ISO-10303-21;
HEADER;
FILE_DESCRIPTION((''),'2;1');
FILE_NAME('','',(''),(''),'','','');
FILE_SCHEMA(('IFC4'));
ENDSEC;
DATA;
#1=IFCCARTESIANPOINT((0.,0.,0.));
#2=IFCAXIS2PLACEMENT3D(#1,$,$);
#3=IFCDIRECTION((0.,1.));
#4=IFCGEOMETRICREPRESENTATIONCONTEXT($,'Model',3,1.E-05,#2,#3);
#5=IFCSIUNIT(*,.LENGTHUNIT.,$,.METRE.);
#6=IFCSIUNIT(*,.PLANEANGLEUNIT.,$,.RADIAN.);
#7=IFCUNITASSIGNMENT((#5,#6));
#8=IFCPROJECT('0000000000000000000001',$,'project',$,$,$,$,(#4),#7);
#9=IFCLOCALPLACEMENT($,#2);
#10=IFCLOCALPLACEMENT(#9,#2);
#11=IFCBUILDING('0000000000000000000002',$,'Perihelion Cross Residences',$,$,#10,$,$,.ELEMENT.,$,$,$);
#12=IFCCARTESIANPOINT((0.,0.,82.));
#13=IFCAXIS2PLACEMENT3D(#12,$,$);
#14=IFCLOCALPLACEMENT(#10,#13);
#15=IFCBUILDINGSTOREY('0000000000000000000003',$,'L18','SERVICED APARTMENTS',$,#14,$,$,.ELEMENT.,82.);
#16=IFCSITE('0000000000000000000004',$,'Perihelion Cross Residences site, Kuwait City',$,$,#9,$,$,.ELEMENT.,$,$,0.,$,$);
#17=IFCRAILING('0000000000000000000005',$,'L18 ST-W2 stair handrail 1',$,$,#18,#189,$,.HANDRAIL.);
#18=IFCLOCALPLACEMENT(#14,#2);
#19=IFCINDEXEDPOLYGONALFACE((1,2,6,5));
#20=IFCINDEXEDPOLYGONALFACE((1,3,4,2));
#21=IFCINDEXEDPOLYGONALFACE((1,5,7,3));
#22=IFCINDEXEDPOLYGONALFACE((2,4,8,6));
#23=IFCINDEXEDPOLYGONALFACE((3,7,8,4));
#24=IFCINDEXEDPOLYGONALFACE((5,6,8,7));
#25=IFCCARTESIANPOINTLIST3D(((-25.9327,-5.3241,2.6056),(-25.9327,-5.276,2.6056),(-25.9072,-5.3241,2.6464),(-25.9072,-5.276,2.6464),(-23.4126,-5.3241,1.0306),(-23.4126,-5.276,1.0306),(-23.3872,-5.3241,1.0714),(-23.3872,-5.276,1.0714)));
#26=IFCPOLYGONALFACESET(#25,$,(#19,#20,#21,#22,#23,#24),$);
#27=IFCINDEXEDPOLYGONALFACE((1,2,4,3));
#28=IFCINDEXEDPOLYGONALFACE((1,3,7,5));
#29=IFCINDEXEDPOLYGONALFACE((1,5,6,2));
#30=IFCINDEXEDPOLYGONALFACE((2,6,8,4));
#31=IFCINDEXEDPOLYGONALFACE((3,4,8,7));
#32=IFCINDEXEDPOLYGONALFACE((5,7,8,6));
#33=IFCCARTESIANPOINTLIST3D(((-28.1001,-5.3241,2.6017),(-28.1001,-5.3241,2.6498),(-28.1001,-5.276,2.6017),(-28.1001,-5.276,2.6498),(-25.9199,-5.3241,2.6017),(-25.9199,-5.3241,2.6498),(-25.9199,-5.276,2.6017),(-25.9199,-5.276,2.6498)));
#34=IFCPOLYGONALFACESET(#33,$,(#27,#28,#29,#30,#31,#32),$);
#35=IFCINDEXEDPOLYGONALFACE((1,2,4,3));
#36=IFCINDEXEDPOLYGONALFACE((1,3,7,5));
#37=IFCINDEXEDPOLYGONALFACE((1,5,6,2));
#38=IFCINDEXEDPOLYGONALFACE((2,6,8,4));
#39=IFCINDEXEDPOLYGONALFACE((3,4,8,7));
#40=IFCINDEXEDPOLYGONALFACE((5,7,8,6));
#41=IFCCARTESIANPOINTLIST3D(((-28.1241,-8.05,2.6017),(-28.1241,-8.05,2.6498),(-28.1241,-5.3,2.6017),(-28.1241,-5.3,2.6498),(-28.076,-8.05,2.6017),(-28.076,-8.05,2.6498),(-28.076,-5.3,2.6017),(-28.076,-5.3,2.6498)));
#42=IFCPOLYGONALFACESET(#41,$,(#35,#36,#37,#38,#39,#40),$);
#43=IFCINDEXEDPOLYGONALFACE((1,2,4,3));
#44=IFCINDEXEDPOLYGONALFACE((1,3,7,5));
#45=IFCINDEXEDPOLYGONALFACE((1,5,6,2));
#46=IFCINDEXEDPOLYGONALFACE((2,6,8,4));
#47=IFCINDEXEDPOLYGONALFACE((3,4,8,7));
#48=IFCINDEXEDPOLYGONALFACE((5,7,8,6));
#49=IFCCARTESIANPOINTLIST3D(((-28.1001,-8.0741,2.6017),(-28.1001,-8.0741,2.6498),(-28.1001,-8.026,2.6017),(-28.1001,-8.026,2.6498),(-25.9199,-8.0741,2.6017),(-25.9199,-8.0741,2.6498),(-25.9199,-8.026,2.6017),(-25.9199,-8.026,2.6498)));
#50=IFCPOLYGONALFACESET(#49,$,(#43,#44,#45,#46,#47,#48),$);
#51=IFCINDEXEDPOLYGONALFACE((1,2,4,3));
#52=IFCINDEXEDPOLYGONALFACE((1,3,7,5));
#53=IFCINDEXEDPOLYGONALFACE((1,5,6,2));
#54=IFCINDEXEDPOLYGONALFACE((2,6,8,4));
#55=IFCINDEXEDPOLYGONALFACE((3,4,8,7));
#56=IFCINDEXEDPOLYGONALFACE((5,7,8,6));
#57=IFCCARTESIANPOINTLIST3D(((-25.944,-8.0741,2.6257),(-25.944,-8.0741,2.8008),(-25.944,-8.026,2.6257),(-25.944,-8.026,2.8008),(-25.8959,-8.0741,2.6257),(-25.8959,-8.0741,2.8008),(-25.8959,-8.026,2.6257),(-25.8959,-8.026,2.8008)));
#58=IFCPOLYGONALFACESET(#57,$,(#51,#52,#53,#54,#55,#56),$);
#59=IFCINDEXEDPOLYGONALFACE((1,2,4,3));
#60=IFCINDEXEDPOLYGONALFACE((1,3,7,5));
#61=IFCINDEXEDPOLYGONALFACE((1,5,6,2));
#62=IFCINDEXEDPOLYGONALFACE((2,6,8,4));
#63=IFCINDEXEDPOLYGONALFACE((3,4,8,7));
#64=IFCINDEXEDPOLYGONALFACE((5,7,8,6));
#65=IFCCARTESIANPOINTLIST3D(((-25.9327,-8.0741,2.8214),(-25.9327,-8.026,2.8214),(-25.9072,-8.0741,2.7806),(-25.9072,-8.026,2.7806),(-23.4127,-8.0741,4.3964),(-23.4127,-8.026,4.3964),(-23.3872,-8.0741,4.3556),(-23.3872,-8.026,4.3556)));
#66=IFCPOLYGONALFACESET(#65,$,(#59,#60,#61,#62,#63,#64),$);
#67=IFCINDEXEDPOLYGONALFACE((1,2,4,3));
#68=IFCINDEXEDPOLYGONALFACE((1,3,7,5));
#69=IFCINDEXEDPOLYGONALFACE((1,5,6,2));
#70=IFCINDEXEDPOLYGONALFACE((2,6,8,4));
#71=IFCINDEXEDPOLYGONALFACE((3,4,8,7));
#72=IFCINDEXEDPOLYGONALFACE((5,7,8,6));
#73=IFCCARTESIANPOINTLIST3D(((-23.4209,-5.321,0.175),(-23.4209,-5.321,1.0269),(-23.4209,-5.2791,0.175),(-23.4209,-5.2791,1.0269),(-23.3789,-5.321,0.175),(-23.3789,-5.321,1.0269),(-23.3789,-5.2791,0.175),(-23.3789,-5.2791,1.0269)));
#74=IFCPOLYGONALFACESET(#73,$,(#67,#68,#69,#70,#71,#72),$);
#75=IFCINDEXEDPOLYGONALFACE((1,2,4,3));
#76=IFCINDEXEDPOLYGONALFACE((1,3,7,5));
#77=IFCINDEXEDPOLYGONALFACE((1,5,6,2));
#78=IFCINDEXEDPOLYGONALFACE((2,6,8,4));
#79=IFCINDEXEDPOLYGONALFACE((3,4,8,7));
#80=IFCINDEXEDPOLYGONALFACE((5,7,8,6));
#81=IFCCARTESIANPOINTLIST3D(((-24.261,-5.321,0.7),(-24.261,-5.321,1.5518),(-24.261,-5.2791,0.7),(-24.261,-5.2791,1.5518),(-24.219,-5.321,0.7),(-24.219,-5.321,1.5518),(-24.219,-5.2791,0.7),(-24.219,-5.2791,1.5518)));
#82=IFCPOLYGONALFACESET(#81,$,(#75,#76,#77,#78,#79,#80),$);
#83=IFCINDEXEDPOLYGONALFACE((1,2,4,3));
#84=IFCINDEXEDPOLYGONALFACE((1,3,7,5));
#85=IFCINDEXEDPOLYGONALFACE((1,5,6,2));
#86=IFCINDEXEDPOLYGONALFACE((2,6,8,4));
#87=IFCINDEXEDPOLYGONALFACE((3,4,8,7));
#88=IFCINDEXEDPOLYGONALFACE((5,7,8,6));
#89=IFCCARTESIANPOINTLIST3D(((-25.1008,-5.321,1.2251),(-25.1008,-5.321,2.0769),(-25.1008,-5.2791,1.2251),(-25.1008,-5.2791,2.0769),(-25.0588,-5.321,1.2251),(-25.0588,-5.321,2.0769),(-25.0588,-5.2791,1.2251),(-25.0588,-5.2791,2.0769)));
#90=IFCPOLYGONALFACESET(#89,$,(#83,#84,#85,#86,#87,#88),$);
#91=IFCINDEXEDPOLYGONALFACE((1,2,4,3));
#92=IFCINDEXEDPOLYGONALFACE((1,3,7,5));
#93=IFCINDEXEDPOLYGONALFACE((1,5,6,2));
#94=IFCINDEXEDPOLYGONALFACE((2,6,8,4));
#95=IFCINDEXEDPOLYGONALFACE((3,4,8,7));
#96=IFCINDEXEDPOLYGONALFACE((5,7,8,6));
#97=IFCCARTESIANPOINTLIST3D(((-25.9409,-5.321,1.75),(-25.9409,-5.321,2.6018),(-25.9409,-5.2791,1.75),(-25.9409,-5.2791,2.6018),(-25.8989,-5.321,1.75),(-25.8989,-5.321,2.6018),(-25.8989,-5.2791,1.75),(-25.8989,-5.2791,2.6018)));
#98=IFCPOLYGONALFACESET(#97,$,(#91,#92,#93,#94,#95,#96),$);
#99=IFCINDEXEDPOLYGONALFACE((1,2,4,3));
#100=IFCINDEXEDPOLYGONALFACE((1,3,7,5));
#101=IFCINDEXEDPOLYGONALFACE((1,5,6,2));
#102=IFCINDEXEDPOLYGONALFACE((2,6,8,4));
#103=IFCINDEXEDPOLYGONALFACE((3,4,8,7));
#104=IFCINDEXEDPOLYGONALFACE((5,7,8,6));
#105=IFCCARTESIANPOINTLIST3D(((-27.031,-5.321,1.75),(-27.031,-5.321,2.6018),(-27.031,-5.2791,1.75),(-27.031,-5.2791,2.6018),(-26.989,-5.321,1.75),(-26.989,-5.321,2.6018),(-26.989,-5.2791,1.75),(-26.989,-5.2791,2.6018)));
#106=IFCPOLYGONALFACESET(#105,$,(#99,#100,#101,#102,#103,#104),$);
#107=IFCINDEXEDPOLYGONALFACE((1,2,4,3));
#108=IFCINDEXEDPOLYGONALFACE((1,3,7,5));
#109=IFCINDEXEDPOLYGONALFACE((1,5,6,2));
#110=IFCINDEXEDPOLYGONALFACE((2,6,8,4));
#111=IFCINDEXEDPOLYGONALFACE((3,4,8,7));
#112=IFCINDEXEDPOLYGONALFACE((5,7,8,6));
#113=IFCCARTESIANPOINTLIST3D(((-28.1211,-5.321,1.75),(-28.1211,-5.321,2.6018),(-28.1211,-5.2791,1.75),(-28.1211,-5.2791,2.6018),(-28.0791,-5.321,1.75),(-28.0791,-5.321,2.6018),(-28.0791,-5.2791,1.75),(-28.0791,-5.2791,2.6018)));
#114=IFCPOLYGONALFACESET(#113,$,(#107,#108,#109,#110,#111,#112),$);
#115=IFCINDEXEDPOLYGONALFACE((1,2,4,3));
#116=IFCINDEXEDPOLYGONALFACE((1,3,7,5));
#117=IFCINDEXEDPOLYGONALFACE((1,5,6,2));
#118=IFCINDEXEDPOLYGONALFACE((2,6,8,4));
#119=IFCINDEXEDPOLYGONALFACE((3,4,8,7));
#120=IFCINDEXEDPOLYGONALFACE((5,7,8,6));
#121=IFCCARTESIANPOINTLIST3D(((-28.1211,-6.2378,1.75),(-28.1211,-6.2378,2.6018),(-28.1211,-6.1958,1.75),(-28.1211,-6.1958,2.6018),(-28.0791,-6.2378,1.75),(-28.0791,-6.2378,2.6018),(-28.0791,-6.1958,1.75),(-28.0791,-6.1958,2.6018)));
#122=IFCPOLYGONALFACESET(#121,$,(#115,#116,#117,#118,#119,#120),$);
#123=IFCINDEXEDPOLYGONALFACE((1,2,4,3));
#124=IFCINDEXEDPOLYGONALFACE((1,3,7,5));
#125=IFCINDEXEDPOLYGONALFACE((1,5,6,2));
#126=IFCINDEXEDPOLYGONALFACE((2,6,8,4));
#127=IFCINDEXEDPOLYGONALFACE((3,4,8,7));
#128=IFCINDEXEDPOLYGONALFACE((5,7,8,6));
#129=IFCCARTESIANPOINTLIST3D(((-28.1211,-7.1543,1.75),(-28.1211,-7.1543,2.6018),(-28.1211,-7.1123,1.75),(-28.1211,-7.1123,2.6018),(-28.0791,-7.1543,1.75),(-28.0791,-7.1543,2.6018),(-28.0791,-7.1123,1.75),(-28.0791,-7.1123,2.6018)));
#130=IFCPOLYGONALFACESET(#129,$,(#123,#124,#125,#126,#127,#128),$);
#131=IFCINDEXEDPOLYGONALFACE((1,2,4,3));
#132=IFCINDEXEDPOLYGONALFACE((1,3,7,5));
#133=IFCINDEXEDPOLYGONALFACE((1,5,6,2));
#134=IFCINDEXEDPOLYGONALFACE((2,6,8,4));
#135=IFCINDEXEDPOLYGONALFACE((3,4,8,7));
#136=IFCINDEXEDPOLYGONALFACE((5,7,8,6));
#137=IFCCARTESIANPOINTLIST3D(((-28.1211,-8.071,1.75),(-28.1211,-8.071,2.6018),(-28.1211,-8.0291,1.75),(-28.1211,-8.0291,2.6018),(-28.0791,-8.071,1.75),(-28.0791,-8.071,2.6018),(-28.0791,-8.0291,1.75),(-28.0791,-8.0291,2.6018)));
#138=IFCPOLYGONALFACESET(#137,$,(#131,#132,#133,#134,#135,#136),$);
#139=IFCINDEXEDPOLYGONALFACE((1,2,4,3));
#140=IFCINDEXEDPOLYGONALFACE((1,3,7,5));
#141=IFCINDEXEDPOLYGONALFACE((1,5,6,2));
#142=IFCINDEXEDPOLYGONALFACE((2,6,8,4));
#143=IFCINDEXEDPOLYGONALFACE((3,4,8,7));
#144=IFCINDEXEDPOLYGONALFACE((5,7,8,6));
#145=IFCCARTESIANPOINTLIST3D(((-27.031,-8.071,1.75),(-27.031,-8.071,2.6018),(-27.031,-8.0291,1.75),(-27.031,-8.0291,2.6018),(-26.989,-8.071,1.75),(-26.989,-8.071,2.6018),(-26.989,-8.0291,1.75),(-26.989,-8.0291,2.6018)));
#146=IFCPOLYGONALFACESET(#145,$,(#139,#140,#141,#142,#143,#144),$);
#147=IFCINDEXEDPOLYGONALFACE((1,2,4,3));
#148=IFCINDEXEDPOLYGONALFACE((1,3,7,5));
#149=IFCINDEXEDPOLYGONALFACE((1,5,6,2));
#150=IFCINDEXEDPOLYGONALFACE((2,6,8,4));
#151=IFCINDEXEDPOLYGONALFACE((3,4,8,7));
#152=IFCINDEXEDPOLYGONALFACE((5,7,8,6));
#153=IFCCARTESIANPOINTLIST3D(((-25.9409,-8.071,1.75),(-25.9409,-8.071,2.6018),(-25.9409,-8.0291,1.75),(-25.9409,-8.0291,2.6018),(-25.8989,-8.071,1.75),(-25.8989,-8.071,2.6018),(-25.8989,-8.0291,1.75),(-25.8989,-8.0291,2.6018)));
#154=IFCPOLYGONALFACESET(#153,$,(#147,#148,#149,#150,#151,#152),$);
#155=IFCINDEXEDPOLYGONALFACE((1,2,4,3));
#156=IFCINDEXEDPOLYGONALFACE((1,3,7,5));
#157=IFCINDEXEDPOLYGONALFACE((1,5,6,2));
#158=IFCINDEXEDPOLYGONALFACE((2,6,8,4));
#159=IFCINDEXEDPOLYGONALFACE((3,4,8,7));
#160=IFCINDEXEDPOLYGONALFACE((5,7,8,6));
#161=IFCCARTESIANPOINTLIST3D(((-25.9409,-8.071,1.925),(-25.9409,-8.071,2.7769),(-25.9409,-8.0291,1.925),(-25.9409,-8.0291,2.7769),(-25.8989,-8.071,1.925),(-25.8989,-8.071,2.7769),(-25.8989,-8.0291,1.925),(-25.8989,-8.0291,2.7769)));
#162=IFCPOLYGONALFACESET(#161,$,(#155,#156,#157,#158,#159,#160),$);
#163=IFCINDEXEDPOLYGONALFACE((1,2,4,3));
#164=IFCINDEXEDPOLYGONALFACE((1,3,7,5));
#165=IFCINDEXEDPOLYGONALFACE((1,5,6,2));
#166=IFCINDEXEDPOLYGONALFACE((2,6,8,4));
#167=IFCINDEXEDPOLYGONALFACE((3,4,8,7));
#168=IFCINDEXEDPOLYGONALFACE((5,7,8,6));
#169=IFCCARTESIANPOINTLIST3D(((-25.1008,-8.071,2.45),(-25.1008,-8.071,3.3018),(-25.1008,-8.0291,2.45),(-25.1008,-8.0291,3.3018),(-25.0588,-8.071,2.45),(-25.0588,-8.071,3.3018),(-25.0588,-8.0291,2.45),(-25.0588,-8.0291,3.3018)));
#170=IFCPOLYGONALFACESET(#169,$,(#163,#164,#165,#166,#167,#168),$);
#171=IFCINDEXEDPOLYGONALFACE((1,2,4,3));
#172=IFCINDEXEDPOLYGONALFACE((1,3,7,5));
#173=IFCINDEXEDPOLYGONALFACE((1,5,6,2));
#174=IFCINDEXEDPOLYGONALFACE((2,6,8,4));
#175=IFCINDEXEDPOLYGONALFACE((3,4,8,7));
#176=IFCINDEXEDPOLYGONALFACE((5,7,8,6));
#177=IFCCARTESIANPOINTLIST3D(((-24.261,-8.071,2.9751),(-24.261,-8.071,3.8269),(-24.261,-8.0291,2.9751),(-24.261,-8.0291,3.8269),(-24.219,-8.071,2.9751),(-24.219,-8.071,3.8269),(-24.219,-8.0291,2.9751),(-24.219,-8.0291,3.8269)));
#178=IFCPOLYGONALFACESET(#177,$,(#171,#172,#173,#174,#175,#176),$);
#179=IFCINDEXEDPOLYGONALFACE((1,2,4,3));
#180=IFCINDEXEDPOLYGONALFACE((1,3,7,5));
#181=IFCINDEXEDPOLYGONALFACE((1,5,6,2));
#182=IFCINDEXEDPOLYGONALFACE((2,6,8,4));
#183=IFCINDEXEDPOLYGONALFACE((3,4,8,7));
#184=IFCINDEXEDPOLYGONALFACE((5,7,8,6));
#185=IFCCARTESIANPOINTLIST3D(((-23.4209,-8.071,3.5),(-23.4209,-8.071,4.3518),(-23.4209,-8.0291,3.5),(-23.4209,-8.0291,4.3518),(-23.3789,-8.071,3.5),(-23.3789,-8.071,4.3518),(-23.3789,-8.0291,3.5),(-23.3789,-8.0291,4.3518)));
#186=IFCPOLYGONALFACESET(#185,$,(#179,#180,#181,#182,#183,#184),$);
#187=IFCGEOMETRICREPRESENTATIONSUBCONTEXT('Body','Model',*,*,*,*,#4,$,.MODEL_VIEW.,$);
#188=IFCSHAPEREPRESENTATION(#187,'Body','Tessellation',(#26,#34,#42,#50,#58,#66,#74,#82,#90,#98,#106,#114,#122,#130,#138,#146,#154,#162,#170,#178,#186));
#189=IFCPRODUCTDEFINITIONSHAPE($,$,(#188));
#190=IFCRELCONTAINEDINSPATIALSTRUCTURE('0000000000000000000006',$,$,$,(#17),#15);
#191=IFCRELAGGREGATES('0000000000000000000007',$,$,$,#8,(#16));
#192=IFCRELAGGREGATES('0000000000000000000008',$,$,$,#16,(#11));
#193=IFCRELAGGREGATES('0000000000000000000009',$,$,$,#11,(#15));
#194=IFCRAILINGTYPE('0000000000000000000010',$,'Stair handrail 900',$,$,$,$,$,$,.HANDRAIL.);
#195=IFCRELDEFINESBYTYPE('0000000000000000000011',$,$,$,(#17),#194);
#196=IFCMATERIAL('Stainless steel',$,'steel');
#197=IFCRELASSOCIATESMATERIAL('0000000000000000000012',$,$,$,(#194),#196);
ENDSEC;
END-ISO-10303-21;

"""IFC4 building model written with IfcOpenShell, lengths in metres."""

from ifc_helpers import new_model, si_unit, direction, frame, origin, origin_2d, place, context, subcontext, project, spatial, rectangle, extrude, material, type_object, element, save


model = new_model("IFC4")

# Units and contexts
model_context = context("Model", 3, precision=1e-05, world=origin(), true_north=direction((0.0, 1.0)))
body_context = subcontext(model_context, "Body", "Model", "MODEL_VIEW")
ifc_project = project(units=[si_unit("LENGTHUNIT", "METRE"), si_unit("PLANEANGLEUNIT", "RADIAN")], contexts=[model_context])

# Site, building, storey
site_placement = place(None, origin())
site = spatial("IfcSite", under=ifc_project, at=site_placement, Name="Perihelion Cross Residences site, Kuwait City", CompositionType="ELEMENT", RefElevation=0.0)
building_placement = place(site_placement, origin())
building = spatial("IfcBuilding", under=site, at=building_placement, Name="Perihelion Cross Residences", CompositionType="ELEMENT")
storey_placement = place(building_placement, frame((0.0, 0.0, 82.0)))
storey = spatial("IfcBuildingStorey", under=building, at=storey_placement, Name="L18", Description="SERVICED APARTMENTS", CompositionType="ELEMENT", Elevation=82.0)

# Railing
ifc_material_1 = material(Name="Stainless steel", Category="steel")
railing_type_1 = type_object("IfcRailingType", Name="Stair handrail 900", PredefinedType="HANDRAIL", material=ifc_material_1)
railing_1_placement = place(storey_placement, frame((-23.3999, -5.3, 0.175)))
element("IfcRailing", 1, at=railing_1_placement, inside=storey, type_object=railing_type_1, Name="L18 ST-W2 stair handrail 1", PredefinedType="HANDRAIL", context=body_context, shape_type="SweptSolid", body=[
    extrude(rectangle(XDim=0.0481, YDim=0.0481, at=origin_2d()), frame((0.0, 0.0, 0.876), z_axis=(-0.848008, 0.0, 0.529984), x_axis=(0.0, -1.0, 0.0)), (0.0, 0.0, 1.0), 2.9717),
    extrude(rectangle(XDim=0.0481, YDim=0.0481, at=origin_2d()), frame((-2.52, 0.0, 2.4507), z_axis=(-1.0, 0.0, 0.0), x_axis=(0.0, -1.0, 0.0)), (0.0, 0.0, 1.0), 2.1802),
    extrude(rectangle(XDim=0.0481, YDim=0.0481, at=origin_2d()), frame((-4.7002, 0.0, 2.4507), z_axis=(0.0, -1.0, 0.0), x_axis=(1.0, 0.0, 0.0)), (0.0, 0.0, 1.0), 2.75),
    extrude(rectangle(XDim=0.0481, YDim=0.0481, at=origin_2d()), frame((-4.7002, -2.75, 2.4507), z_axis=(1.0, 0.0, 0.0), x_axis=(0.0, 1.0, 0.0)), (0.0, 0.0, 1.0), 2.1802),
    extrude(rectangle(XDim=0.0481, YDim=0.0481, at=origin_2d()), frame((-2.52, -2.75, 2.4507), z_axis=(0.0, 0.0, 1.0), x_axis=(1.0, 0.0, 0.0)), (0.0, 0.0, 1.0), 0.175),
    extrude(rectangle(XDim=0.0481, YDim=0.0481, at=origin_2d()), frame((-2.52, -2.75, 2.626), z_axis=(0.848008, 0.0, 0.529984), x_axis=(0.0, 1.0, 0.0)), (0.0, 0.0, 1.0), 2.9717),
    extrude(rectangle(XDim=0.042, YDim=0.042, at=origin_2d()), origin(), (0.0, 0.0, 1.0), 0.8518),
    extrude(rectangle(XDim=0.042, YDim=0.042, at=origin_2d()), frame((-0.8401, 0.0, 0.5249)), (0.0, 0.0, 1.0), 0.8518),
    extrude(rectangle(XDim=0.042, YDim=0.042, at=origin_2d()), frame((-1.6799, 0.0, 1.05)), (0.0, 0.0, 1.0), 0.8518),
    extrude(rectangle(XDim=0.042, YDim=0.042, at=origin_2d()), frame((-2.52, 0.0, 1.575)), (0.0, 0.0, 1.0), 0.8518),
    extrude(rectangle(XDim=0.042, YDim=0.042, at=origin_2d()), frame((-3.6101, 0.0, 1.575)), (0.0, 0.0, 1.0), 0.8518),
    extrude(rectangle(XDim=0.042, YDim=0.042, at=origin_2d()), frame((-4.7002, 0.0, 1.575)), (0.0, 0.0, 1.0), 0.8518),
    extrude(rectangle(XDim=0.042, YDim=0.042, at=origin_2d()), frame((-4.7002, -0.9167, 1.575)), (0.0, 0.0, 1.0), 0.8518),
    extrude(rectangle(XDim=0.042, YDim=0.042, at=origin_2d()), frame((-4.7002, -1.8333, 1.575)), (0.0, 0.0, 1.0), 0.8518),
    extrude(rectangle(XDim=0.042, YDim=0.042, at=origin_2d()), frame((-4.7002, -2.75, 1.575)), (0.0, 0.0, 1.0), 0.8518),
    extrude(rectangle(XDim=0.042, YDim=0.042, at=origin_2d()), frame((-3.6101, -2.75, 1.575)), (0.0, 0.0, 1.0), 0.8518),
    extrude(rectangle(XDim=0.042, YDim=0.042, at=origin_2d()), frame((-2.52, -2.75, 1.575)), (0.0, 0.0, 1.0), 0.8518),
    extrude(rectangle(XDim=0.042, YDim=0.042, at=origin_2d()), frame((-2.52, -2.75, 1.75)), (0.0, 0.0, 1.0), 0.8518),
    extrude(rectangle(XDim=0.042, YDim=0.042, at=origin_2d()), frame((-1.6799, -2.75, 2.2749)), (0.0, 0.0, 1.0), 0.8518),
    extrude(rectangle(XDim=0.042, YDim=0.042, at=origin_2d()), frame((-0.8401, -2.75, 2.8)), (0.0, 0.0, 1.0), 0.8518),
    extrude(rectangle(XDim=0.042, YDim=0.042, at=origin_2d()), frame((0.0, -2.75, 3.325)), (0.0, 0.0, 1.0), 0.8518),
])

save(model, "model.ifc")
